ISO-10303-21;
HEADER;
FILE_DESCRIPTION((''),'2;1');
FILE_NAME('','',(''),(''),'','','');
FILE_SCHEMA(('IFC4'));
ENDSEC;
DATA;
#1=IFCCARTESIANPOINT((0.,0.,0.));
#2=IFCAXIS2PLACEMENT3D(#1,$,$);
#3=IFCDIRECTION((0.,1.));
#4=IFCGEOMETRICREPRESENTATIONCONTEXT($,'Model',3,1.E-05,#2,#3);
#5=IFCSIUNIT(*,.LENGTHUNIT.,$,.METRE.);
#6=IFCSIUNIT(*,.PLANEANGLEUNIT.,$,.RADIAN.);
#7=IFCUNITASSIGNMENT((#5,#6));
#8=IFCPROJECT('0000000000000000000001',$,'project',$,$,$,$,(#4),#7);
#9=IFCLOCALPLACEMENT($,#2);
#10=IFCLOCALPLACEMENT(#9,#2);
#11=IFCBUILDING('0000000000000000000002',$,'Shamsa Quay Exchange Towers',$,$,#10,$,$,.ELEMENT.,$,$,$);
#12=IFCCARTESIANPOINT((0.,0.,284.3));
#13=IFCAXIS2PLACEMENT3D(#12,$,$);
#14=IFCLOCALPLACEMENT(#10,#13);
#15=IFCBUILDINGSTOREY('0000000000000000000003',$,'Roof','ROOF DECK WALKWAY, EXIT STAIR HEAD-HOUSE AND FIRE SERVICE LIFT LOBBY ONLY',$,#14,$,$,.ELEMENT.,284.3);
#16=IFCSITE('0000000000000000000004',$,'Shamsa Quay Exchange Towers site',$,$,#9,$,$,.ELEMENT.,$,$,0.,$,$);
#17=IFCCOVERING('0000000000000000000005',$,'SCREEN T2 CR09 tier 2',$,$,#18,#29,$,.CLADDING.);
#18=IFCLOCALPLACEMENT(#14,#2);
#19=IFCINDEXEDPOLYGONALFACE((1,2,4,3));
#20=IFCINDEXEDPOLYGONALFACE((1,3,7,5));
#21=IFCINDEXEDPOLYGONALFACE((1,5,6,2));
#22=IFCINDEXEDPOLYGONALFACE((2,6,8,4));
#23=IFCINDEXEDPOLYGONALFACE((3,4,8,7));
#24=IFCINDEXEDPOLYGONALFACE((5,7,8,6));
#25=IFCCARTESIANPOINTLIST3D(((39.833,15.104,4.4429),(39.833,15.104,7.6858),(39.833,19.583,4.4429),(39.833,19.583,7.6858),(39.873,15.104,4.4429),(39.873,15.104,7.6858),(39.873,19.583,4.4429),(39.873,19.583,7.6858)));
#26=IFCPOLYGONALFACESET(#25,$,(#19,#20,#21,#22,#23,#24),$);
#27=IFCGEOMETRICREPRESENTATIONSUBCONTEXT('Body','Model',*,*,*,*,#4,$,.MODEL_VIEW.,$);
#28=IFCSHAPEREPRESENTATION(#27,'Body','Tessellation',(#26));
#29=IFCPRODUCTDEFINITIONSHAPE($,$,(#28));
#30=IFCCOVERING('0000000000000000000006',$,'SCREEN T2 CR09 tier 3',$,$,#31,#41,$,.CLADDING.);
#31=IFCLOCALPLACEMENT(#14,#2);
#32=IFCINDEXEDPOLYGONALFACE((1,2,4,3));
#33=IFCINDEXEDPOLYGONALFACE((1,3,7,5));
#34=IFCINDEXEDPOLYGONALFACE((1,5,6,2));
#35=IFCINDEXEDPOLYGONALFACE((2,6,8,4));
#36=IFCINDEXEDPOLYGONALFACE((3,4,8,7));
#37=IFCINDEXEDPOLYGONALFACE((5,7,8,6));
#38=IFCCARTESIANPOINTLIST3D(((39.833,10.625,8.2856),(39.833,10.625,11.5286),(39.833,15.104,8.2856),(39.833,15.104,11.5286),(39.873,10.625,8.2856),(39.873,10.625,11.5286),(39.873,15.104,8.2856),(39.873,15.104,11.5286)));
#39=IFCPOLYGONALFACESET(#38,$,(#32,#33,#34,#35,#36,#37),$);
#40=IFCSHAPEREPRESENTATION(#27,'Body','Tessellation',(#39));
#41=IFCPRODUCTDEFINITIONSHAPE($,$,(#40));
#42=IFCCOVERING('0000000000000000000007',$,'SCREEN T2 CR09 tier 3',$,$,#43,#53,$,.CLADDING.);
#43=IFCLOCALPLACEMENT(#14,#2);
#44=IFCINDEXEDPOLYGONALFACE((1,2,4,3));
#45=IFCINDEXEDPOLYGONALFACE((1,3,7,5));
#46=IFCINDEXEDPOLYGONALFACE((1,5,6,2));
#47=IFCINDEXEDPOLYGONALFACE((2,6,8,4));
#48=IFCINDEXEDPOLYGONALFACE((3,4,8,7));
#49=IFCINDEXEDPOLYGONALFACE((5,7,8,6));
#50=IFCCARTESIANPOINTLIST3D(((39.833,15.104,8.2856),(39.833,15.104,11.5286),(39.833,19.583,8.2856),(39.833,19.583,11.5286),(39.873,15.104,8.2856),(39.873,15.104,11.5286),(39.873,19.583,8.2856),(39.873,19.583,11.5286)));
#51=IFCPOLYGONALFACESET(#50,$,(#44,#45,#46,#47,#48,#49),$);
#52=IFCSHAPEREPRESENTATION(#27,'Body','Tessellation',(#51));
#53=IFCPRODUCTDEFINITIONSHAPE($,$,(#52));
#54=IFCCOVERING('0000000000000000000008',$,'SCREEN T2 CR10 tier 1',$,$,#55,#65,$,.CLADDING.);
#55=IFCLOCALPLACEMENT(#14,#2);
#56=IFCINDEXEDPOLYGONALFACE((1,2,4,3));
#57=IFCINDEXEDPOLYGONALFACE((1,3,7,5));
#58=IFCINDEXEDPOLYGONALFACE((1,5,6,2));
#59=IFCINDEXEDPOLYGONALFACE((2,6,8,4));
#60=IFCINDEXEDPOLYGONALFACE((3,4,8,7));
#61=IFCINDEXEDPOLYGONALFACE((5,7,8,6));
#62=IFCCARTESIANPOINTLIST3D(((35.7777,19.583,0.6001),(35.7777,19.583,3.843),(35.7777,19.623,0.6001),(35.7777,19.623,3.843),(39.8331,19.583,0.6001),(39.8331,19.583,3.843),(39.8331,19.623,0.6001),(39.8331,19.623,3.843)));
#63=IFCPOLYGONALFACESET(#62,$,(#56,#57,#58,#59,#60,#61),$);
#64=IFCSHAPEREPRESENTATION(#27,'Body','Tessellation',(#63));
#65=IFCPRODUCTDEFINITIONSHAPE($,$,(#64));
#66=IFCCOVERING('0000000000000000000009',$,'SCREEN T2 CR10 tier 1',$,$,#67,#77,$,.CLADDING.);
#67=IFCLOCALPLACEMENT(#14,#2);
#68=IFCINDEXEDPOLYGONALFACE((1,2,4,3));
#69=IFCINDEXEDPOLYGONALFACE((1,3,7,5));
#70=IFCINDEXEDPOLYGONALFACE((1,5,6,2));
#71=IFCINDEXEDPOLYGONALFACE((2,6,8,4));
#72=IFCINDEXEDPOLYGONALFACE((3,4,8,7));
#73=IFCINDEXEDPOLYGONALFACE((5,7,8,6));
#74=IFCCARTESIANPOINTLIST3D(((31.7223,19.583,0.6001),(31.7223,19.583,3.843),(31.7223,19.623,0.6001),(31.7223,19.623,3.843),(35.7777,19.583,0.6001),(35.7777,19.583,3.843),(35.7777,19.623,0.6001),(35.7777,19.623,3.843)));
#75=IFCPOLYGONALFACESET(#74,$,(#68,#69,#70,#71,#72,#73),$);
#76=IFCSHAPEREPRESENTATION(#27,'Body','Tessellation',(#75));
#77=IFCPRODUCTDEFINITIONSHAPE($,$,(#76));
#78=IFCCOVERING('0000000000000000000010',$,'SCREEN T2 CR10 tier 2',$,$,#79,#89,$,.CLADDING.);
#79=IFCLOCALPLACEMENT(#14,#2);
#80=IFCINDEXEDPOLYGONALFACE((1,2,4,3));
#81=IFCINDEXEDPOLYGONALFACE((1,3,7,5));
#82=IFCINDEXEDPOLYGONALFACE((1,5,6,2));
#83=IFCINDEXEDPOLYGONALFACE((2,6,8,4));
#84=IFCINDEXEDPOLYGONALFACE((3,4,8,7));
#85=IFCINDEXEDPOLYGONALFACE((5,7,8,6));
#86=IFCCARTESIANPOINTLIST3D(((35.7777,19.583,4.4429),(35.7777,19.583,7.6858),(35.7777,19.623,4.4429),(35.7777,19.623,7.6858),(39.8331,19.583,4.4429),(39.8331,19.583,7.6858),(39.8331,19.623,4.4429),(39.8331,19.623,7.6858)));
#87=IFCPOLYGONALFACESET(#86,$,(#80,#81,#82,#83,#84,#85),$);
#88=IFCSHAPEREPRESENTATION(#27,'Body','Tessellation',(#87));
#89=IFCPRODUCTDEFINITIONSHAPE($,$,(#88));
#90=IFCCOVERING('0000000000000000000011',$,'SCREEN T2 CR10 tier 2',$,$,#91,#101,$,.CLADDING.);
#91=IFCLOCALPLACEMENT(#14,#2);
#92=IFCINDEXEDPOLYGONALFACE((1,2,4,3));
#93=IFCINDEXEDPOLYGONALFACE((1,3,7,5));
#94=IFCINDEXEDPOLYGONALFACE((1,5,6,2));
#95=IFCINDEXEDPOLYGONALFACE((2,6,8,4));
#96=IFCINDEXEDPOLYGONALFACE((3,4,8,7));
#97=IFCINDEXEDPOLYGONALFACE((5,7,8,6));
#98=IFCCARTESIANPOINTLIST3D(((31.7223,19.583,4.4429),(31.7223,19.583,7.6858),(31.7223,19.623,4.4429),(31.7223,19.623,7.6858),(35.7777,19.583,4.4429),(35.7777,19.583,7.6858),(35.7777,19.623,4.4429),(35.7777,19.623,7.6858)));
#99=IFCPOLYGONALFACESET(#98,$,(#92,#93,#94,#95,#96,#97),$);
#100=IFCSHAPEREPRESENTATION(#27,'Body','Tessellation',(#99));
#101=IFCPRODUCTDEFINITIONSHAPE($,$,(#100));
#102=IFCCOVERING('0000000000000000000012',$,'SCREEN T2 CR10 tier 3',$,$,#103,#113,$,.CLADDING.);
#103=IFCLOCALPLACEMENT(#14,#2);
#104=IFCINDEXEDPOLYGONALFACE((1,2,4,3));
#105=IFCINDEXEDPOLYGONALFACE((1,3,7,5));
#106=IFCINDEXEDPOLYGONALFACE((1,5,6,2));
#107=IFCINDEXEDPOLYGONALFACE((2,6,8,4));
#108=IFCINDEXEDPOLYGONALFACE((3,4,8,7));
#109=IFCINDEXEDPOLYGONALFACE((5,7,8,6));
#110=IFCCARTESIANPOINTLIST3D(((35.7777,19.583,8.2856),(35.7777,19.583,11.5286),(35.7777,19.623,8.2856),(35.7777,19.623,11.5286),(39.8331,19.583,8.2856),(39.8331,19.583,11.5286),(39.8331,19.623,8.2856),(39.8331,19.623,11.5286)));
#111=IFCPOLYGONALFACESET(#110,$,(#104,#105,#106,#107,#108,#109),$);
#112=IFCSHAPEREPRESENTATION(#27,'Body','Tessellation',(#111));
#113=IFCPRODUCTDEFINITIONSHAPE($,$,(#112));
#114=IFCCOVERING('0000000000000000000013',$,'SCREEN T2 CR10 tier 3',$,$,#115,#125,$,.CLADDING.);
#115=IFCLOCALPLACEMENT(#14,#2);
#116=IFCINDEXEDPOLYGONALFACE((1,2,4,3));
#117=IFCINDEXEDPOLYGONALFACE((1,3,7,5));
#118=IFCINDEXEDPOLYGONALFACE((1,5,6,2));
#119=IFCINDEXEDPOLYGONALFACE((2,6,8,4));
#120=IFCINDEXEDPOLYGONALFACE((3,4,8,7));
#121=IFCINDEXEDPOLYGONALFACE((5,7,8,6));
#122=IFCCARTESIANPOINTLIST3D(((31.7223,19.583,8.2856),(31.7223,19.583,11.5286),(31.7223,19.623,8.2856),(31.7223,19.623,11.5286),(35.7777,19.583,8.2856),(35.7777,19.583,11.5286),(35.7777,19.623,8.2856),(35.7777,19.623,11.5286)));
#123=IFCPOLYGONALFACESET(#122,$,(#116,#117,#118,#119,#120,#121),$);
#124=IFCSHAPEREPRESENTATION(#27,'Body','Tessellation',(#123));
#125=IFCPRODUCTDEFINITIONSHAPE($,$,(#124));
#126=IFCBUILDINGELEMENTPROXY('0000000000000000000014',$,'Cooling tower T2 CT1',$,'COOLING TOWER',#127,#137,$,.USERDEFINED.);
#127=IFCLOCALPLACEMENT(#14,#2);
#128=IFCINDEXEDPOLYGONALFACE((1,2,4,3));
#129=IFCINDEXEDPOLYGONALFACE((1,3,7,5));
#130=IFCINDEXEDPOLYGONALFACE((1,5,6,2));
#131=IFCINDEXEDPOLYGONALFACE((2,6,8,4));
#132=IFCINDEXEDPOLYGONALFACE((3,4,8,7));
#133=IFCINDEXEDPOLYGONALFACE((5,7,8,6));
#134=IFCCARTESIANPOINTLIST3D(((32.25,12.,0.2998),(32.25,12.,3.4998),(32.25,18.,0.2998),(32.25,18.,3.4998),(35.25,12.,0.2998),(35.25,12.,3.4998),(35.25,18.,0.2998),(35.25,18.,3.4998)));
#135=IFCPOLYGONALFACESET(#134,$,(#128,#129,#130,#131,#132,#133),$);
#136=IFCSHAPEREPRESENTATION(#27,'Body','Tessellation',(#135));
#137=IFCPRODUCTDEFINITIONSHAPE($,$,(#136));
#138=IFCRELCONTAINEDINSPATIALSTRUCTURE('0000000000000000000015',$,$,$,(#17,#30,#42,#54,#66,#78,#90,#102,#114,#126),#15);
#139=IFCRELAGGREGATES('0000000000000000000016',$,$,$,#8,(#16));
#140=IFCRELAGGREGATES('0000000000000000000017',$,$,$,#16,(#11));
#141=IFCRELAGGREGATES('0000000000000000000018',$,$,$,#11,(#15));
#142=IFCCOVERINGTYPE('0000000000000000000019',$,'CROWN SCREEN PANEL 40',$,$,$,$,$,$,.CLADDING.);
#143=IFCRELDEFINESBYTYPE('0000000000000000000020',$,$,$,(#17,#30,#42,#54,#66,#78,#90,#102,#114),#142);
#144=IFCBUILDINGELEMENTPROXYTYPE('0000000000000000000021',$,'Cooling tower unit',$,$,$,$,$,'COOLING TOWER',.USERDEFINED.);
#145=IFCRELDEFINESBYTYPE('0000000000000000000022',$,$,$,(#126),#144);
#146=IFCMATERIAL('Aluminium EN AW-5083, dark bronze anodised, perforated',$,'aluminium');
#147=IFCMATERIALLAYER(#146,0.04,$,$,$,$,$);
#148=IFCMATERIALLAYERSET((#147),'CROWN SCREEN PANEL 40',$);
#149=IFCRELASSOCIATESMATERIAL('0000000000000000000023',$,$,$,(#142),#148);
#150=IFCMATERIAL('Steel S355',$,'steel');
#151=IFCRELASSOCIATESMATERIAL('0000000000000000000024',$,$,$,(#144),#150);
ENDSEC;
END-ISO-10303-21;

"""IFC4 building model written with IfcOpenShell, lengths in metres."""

from ifc_helpers import new_model, si_unit, direction, frame, origin, origin_2d, place, context, subcontext, project, spatial, rectangle, extrude, material, layer, layer_set, type_object, element, save


model = new_model("IFC4")

# Units and contexts
model_context = context("Model", 3, precision=1e-05, world=origin(), true_north=direction((0.0, 1.0)))
body_context = subcontext(model_context, "Body", "Model", "MODEL_VIEW")
ifc_project = project(units=[si_unit("LENGTHUNIT", "METRE"), si_unit("PLANEANGLEUNIT", "RADIAN")], contexts=[model_context])

# Site, building, storey
site_placement = place(None, origin())
site = spatial("IfcSite", under=ifc_project, at=site_placement, Name="Shamsa Quay Exchange Towers site", CompositionType="ELEMENT", RefElevation=0.0)
building_placement = place(site_placement, origin())
building = spatial("IfcBuilding", under=site, at=building_placement, Name="Shamsa Quay Exchange Towers", CompositionType="ELEMENT")
storey_placement = place(building_placement, frame((0.0, 0.0, 284.3)))
storey = spatial("IfcBuildingStorey", under=building, at=storey_placement, Name="Roof", Description="ROOF DECK WALKWAY, EXIT STAIR HEAD-HOUSE AND FIRE SERVICE LIFT LOBBY ONLY", CompositionType="ELEMENT", Elevation=284.3)

# Shared definitions
ifc_material_1 = material(Name="Steel S355", Category="steel")

# Coverings
ifc_material_2 = material(Name="Aluminium EN AW-5083, dark bronze anodised, perforated", Category="aluminium")
ifc_layer_1 = layer(ifc_material_2, 0.04)
ifc_layer_set_1 = layer_set([ifc_layer_1], Name="CROWN SCREEN PANEL 40")
covering_type = type_object("IfcCoveringType", Name="CROWN SCREEN PANEL 40", PredefinedType="CLADDING", material=ifc_layer_set_1)
for number, where, z_axis, x_axis, name in (
    (1, (39.853, 17.3435, 4.4429), (0.0, 0.0, 1.0), (0.0, 1.0, 0.0), "SCREEN T2 CR09 tier 2"),
    (2, (39.853, 12.8645, 8.2856), (0.0, 0.0, 1.0), (0.0, 1.0, 0.0), "SCREEN T2 CR09 tier 3"),
    (3, (39.853, 17.3435, 8.2856), (0.0, 0.0, 1.0), (0.0, 1.0, 0.0), "SCREEN T2 CR09 tier 3"),
):
    element("IfcCovering", number, at=place(storey_placement, frame(where, z_axis=z_axis, x_axis=x_axis)), inside=storey, type_object=covering_type, Name=name, PredefinedType="CLADDING", context=body_context, shape_type="SweptSolid", body=[
        extrude(rectangle(XDim=4.479, YDim=0.04, at=origin_2d()), origin(), (0.0, 0.0, 1.0), 3.2429),
    ])
for number, where, z_axis, x_axis, name in (
    (4, (37.8054, 19.603, 0.6001), (0.0, 0.0, 1.0), (-1.0, 0.0, 0.0), "SCREEN T2 CR10 tier 1"),
    (5, (33.75, 19.603, 0.6001), (0.0, 0.0, 1.0), (-1.0, 0.0, 0.0), "SCREEN T2 CR10 tier 1"),
    (6, (37.8054, 19.603, 4.4429), (0.0, 0.0, 1.0), (-1.0, 0.0, 0.0), "SCREEN T2 CR10 tier 2"),
    (7, (33.75, 19.603, 4.4429), (0.0, 0.0, 1.0), (-1.0, 0.0, 0.0), "SCREEN T2 CR10 tier 2"),
    (8, (37.8054, 19.603, 8.2856), (0.0, 0.0, 1.0), (-1.0, 0.0, 0.0), "SCREEN T2 CR10 tier 3"),
    (9, (33.75, 19.603, 8.2856), (0.0, 0.0, 1.0), (-1.0, 0.0, 0.0), "SCREEN T2 CR10 tier 3"),
):
    element("IfcCovering", number, at=place(storey_placement, frame(where, z_axis=z_axis, x_axis=x_axis)), inside=storey, type_object=covering_type, Name=name, PredefinedType="CLADDING", context=body_context, shape_type="SweptSolid", body=[
        extrude(rectangle(XDim=4.0554, YDim=0.04, at=origin_2d()), origin(), (0.0, 0.0, 1.0), 3.2429),
    ])

# Building element proxy
building_element_proxy_type = type_object("IfcBuildingElementProxyType", Name="Cooling tower unit", ElementType="COOLING TOWER", PredefinedType="USERDEFINED", material=ifc_material_1)
proxy_placement = place(storey_placement, frame((33.75, 15.0, 0.2998), z_axis=(0.0, 0.0, 1.0), x_axis=(0.0, 1.0, 0.0)))
element("IfcBuildingElementProxy", 10, at=proxy_placement, inside=storey, type_object=building_element_proxy_type, Name="Cooling tower T2 CT1", ObjectType="COOLING TOWER", PredefinedType="USERDEFINED", context=body_context, shape_type="SweptSolid", body=[
    extrude(rectangle(XDim=6.0, YDim=3.0, at=origin_2d()), origin(), (0.0, 0.0, 1.0), 3.2),
])

save(model, "model.ifc")
